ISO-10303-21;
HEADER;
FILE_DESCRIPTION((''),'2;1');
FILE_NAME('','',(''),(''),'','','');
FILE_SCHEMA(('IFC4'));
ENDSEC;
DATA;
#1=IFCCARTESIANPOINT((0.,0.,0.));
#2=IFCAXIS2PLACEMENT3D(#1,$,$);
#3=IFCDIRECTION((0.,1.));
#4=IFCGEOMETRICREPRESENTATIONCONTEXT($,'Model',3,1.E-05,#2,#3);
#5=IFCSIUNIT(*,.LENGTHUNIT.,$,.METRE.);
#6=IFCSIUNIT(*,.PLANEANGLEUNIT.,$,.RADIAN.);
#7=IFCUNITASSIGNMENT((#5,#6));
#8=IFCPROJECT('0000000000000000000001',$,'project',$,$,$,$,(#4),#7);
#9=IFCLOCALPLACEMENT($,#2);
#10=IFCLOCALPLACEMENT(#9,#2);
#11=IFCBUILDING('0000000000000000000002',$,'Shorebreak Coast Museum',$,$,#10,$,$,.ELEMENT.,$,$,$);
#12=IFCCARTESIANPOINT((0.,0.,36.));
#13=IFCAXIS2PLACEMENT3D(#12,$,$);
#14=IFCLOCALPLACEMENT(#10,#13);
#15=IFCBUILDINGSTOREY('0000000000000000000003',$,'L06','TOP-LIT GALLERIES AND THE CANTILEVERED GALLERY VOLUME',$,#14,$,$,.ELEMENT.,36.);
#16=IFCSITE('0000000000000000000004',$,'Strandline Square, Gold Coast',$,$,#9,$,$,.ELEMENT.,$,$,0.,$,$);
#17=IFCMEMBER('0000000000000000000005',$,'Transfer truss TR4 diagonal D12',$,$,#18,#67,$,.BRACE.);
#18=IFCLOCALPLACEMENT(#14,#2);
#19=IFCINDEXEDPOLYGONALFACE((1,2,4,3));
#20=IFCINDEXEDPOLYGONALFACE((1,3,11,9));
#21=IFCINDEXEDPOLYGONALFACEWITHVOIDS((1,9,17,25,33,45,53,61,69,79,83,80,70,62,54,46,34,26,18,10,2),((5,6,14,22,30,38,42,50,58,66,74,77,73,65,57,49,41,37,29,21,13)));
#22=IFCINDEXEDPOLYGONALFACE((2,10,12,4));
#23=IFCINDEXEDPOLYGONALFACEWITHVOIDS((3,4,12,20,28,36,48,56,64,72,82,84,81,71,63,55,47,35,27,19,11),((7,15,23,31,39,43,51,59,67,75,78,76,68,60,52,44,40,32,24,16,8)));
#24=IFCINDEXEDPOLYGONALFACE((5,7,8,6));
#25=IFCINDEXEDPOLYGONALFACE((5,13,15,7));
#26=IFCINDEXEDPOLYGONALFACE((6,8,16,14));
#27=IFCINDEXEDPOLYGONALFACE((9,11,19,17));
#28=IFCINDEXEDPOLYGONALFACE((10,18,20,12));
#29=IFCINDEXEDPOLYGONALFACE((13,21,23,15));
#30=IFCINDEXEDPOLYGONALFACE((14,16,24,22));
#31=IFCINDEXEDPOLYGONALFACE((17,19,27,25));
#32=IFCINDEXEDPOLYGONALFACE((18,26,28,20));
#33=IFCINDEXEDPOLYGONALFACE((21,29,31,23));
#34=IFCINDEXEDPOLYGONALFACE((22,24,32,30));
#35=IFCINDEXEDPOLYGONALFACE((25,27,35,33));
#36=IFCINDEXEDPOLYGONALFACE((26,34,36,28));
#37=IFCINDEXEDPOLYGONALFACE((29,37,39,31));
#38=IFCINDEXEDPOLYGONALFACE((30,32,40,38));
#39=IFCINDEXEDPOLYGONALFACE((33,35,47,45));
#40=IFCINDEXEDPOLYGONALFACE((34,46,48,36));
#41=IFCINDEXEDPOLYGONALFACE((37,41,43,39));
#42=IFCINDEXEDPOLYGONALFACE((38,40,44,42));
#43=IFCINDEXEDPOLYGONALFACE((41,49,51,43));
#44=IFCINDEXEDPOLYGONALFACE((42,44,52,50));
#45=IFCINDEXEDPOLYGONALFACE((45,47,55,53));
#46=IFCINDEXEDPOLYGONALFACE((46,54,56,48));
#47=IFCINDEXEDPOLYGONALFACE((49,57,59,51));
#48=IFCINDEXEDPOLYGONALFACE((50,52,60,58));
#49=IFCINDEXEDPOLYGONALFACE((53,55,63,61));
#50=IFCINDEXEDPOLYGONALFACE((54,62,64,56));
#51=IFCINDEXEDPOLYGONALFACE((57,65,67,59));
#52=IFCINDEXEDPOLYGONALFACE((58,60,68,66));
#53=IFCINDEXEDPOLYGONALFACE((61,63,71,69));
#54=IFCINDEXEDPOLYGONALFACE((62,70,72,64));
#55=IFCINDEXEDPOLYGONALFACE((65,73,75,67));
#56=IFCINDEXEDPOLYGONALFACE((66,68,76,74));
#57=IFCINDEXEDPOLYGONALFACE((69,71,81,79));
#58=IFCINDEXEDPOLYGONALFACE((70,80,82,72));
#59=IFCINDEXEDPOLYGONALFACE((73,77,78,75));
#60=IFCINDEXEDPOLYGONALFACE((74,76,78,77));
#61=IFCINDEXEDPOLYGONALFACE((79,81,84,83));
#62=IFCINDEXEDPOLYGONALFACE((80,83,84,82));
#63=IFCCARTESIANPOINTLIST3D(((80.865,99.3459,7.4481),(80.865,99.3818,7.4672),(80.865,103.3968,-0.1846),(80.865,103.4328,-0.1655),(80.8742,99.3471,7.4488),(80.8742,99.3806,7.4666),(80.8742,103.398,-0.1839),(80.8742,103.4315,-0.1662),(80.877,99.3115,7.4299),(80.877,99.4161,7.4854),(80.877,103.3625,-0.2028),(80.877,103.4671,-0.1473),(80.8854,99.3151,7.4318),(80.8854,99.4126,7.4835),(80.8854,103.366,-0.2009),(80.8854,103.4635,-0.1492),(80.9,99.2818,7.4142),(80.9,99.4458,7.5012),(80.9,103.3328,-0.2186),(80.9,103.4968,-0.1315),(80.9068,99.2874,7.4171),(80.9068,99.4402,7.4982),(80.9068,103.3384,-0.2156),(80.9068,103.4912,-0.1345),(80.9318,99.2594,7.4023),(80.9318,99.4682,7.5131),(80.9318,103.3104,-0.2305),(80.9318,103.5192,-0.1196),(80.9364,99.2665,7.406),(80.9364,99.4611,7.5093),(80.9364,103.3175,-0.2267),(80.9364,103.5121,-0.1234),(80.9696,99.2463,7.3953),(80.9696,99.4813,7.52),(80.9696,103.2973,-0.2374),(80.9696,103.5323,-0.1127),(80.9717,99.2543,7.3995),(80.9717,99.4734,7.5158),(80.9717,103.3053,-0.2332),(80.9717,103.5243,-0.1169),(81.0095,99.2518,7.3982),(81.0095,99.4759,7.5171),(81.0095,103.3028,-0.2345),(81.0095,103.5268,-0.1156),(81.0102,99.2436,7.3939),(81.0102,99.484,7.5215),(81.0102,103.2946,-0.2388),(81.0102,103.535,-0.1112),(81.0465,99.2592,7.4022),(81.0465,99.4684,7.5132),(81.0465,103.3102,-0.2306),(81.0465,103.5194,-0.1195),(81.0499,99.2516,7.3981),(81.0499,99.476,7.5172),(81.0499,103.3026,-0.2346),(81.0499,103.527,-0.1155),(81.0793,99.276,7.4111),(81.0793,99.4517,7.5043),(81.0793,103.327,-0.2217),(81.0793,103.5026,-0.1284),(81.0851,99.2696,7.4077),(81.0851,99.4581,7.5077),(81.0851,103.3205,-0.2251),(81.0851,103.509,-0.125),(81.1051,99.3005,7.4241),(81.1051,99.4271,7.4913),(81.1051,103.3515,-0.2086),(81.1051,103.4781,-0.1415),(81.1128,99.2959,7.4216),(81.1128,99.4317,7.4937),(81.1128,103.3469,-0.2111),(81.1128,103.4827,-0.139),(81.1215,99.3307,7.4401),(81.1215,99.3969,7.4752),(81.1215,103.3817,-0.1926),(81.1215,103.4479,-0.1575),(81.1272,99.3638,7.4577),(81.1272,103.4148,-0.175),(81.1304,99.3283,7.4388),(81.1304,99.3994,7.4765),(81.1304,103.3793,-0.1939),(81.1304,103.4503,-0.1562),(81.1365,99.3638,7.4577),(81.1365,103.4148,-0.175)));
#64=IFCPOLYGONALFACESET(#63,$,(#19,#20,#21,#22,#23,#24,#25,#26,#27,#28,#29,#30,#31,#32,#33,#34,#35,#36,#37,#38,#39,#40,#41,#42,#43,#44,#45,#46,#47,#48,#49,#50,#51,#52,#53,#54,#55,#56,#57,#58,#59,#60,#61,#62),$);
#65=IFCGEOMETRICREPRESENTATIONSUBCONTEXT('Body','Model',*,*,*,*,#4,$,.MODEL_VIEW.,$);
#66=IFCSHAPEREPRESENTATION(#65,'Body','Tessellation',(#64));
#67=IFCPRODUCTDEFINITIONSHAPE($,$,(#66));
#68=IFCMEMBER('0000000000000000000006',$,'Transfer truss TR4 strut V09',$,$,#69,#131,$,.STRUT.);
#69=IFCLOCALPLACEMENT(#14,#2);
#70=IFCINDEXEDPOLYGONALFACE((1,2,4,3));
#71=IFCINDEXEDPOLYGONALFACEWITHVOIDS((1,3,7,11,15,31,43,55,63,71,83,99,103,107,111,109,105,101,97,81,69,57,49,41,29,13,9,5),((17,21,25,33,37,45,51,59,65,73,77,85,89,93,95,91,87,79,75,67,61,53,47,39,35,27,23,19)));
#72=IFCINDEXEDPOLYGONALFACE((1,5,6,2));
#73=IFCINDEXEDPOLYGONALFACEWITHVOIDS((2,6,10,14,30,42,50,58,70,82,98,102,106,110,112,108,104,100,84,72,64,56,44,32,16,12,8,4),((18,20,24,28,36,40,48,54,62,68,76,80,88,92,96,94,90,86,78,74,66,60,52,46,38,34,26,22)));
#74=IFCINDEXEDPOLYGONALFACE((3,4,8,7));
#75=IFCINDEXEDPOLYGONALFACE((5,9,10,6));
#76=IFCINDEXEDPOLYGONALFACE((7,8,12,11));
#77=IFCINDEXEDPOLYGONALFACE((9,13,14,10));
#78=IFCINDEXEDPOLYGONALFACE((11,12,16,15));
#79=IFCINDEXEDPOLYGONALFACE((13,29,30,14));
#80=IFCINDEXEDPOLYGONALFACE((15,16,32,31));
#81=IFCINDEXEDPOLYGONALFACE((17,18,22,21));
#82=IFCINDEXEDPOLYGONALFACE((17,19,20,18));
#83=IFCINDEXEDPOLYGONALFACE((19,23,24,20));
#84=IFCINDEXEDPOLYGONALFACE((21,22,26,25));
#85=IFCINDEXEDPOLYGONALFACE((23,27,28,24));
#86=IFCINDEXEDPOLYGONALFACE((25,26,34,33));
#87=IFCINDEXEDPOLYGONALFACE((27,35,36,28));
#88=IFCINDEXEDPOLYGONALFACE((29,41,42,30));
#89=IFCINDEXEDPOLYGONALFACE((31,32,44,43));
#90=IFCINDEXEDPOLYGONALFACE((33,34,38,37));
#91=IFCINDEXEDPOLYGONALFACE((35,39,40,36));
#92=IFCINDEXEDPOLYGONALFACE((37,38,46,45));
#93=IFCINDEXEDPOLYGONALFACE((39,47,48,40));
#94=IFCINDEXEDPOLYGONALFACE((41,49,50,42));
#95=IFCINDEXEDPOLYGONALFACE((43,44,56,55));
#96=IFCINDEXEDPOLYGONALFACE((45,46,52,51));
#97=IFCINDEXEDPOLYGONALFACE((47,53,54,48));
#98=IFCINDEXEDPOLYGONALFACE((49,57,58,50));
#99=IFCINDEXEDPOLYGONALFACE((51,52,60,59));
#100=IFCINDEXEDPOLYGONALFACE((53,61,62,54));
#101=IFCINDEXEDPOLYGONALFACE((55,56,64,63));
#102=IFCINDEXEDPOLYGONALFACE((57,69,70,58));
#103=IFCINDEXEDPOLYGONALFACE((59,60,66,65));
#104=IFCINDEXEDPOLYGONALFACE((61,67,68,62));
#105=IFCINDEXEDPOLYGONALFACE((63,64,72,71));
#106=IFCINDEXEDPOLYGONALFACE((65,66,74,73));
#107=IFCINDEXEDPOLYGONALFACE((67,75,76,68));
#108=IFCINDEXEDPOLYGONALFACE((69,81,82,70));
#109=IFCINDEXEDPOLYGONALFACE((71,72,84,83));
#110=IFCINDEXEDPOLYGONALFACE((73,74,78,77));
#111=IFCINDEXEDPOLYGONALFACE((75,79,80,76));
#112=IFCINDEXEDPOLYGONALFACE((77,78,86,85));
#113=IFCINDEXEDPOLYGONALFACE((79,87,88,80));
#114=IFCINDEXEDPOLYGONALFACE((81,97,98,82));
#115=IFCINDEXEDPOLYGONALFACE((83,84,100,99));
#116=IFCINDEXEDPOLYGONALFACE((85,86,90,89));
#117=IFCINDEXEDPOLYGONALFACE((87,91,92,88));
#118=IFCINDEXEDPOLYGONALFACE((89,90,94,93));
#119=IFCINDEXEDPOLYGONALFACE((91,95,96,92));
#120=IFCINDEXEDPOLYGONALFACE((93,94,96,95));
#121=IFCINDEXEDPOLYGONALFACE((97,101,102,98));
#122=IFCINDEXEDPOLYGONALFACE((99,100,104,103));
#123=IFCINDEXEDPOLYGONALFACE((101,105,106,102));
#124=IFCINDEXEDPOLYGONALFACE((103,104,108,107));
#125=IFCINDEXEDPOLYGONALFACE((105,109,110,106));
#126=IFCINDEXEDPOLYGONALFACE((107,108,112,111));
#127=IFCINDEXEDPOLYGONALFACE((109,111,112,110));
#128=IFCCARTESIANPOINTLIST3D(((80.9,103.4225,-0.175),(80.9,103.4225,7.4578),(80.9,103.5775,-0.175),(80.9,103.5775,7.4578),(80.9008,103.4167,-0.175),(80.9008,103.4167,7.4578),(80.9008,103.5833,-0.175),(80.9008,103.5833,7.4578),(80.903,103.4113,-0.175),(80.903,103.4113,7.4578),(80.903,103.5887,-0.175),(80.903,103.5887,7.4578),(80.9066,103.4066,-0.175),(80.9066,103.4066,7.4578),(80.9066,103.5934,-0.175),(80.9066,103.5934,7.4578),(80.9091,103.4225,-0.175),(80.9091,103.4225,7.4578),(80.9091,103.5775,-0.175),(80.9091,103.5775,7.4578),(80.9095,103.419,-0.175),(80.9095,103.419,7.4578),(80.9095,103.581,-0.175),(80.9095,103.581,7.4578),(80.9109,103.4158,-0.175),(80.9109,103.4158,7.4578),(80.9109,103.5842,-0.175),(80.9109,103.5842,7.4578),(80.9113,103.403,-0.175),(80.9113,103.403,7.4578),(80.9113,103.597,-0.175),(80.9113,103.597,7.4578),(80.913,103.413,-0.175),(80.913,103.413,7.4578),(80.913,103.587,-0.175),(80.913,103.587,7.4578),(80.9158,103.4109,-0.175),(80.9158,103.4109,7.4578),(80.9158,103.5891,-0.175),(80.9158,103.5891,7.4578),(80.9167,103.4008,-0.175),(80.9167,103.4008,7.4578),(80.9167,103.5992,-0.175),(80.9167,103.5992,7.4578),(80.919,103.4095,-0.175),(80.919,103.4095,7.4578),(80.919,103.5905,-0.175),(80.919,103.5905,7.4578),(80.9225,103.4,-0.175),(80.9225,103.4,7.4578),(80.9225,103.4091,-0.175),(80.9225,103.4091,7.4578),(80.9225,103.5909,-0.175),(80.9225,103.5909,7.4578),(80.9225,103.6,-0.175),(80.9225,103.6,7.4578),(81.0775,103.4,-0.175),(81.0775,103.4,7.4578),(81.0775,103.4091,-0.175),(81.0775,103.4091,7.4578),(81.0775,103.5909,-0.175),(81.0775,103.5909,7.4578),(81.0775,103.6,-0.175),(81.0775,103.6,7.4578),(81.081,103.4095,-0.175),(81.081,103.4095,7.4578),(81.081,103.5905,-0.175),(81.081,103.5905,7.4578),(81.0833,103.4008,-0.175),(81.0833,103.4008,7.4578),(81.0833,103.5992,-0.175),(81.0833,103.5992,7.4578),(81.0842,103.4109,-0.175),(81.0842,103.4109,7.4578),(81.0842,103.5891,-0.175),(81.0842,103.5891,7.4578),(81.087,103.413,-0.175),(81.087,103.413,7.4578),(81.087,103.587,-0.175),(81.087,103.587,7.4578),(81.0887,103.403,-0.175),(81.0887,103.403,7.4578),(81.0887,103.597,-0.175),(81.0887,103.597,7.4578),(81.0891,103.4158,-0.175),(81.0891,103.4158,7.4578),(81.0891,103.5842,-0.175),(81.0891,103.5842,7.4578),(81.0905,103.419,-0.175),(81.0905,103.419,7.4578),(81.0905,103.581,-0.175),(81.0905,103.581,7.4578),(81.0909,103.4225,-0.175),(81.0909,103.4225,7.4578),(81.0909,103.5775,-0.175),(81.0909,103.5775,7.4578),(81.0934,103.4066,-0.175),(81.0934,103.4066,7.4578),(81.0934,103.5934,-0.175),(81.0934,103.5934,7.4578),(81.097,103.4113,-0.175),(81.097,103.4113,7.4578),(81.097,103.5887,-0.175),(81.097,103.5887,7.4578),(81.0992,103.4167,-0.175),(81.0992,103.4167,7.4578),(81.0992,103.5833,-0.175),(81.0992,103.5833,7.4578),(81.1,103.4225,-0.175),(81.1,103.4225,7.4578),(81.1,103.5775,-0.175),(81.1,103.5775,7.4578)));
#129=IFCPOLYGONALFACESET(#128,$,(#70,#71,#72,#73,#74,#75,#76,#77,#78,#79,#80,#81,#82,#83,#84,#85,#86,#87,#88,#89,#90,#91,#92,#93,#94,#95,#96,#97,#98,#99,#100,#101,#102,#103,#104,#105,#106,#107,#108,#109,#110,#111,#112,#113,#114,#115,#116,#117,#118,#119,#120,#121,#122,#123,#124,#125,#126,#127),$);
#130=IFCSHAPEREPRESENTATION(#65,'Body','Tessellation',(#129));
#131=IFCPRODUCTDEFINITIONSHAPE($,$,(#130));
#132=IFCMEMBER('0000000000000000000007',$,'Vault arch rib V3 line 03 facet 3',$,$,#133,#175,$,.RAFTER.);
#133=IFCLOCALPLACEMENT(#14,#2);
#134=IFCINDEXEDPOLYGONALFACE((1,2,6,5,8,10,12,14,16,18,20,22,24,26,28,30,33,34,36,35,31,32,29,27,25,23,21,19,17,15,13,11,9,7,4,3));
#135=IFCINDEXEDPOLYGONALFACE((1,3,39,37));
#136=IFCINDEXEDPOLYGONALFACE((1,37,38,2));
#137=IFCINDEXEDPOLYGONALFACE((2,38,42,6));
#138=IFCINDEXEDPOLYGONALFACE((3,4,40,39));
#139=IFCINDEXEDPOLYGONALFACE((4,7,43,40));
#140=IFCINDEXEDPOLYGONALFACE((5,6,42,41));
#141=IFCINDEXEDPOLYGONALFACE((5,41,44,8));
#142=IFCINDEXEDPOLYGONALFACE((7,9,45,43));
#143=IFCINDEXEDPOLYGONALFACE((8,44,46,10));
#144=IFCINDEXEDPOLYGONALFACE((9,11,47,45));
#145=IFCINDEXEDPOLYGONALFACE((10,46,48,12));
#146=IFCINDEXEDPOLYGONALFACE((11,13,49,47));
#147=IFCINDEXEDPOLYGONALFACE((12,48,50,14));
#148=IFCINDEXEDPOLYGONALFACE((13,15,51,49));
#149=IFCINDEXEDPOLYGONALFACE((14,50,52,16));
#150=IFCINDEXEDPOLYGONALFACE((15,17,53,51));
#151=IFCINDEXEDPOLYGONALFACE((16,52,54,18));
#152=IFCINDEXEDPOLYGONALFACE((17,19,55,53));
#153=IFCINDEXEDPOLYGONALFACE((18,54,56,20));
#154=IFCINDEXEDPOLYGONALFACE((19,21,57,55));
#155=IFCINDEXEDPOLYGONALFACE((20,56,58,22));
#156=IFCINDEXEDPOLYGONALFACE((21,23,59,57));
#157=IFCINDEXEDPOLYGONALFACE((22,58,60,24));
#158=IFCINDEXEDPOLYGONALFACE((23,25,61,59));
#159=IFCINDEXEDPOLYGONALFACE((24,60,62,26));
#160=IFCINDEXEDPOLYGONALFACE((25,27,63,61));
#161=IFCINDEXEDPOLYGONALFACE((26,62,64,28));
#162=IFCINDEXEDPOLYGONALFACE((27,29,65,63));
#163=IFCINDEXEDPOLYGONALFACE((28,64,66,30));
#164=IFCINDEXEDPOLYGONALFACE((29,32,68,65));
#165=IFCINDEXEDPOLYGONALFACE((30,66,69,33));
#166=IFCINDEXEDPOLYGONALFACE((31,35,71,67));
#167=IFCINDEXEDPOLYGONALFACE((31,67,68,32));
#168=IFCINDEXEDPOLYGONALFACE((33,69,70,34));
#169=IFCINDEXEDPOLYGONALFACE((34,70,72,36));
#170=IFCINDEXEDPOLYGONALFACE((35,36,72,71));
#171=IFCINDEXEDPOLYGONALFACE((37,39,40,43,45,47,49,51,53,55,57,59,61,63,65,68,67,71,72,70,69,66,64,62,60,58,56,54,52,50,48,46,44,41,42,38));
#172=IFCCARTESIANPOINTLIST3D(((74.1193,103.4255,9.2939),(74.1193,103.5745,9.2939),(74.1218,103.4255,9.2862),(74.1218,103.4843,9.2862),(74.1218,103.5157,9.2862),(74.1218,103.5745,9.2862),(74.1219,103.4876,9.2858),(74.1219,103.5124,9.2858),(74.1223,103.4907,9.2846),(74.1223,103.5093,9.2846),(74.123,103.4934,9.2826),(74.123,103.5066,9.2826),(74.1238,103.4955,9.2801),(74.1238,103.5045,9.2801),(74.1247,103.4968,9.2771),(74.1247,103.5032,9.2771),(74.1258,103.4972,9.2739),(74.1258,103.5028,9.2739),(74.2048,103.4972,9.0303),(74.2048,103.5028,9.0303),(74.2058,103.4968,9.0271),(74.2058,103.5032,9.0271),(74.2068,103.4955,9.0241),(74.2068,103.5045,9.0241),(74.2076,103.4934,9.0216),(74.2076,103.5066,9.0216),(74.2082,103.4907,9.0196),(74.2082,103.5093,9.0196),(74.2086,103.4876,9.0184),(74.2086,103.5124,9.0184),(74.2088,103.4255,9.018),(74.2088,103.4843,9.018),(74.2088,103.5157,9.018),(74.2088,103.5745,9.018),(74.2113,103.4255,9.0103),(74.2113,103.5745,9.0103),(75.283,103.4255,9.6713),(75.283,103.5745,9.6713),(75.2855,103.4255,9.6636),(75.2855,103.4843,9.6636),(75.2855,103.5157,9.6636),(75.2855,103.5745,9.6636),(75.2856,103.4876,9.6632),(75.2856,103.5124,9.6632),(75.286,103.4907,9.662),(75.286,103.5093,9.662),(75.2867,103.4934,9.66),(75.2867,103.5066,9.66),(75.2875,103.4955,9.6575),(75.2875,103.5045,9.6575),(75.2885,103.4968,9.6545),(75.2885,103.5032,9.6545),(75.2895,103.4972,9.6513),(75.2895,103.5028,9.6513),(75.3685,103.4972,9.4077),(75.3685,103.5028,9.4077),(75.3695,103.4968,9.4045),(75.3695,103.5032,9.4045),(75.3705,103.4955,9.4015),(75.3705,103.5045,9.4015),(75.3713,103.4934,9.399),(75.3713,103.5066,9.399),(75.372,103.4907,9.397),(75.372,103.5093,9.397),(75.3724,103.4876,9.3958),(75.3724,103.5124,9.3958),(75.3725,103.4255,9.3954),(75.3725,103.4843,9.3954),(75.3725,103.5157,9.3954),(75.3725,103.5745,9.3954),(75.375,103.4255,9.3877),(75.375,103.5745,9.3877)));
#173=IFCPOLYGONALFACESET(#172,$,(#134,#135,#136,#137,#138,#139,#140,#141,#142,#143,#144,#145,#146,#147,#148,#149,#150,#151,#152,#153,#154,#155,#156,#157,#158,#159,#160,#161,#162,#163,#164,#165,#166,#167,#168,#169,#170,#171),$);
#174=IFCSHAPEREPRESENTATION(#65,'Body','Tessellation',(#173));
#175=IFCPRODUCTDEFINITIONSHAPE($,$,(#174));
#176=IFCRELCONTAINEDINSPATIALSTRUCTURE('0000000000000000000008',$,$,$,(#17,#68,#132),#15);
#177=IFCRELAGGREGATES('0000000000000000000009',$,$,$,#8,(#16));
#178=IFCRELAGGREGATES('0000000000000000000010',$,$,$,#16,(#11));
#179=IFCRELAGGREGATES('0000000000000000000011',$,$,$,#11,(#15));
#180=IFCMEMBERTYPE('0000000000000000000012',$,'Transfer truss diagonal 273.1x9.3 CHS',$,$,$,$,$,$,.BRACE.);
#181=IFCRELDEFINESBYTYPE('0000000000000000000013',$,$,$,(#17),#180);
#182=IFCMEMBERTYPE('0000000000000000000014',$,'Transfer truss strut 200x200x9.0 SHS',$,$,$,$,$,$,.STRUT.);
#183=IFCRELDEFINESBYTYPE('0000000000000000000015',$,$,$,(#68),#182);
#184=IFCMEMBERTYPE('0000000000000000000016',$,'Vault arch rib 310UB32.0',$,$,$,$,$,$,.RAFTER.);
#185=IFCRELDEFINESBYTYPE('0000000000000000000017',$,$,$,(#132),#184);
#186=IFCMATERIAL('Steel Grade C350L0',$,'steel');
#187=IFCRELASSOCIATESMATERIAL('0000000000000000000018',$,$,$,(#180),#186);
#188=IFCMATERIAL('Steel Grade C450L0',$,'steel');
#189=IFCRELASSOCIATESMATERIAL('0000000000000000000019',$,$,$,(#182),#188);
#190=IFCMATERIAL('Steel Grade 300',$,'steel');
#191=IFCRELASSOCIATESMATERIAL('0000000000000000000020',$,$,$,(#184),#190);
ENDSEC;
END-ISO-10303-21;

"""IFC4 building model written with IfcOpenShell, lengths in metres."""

from ifc_helpers import new_model, si_unit, direction, frame, origin, origin_2d, place, context, subcontext, project, spatial, hollow_rectangle, hollow_circle, i_section, extrude, material, material_profile, profile_set, type_object, element, save


model = new_model("IFC4")

# Units and contexts
model_context = context("Model", 3, precision=1e-05, world=origin(), true_north=direction((0.0, 1.0)))
body_context = subcontext(model_context, "Body", "Model", "MODEL_VIEW")
ifc_project = project(units=[si_unit("LENGTHUNIT", "METRE"), si_unit("PLANEANGLEUNIT", "RADIAN")], contexts=[model_context])

# Site, building, storey
site_placement = place(None, origin())
site = spatial("IfcSite", under=ifc_project, at=site_placement, Name="Strandline Square, Gold Coast", CompositionType="ELEMENT", RefElevation=0.0)
building_placement = place(site_placement, origin())
building = spatial("IfcBuilding", under=site, at=building_placement, Name="Shorebreak Coast Museum", CompositionType="ELEMENT")
storey_placement = place(building_placement, frame((0.0, 0.0, 36.0)))
storey = spatial("IfcBuildingStorey", under=building, at=storey_placement, Name="L06", Description="TOP-LIT GALLERIES AND THE CANTILEVERED GALLERY VOLUME", CompositionType="ELEMENT", Elevation=36.0)

# Members
ifc_material_1 = material(Name="Steel Grade C350L0", Category="steel")
ifc_material_profile_1 = material_profile(ifc_material_1, hollow_circle(Radius=0.1365, WallThickness=0.0093, at=origin_2d()), Name="273.1x9.3 CHS")
ifc_profile_set_1 = profile_set([ifc_material_profile_1], Name="Steel Grade C350L0")
member_type_1 = type_object("IfcMemberType", Name="Transfer truss diagonal 273.1x9.3 CHS", PredefinedType="BRACE", material=ifc_profile_set_1)
member_1_placement = place(storey_placement, frame((81.0, 103.4148, -0.175), z_axis=(0.0, -0.468803, 0.883303), x_axis=(1.0, 0.0, 0.0)))
element("IfcMember", 1, at=member_1_placement, inside=storey, type_object=member_type_1, Name="Transfer truss TR4 diagonal D12", PredefinedType="BRACE", context=body_context, shape_type="SweptSolid", body=[
    extrude(hollow_circle(Radius=0.1365, WallThickness=0.0093, at=origin_2d()), origin(), (0.0, 0.0, 1.0), 8.6411),
])
ifc_material_2 = material(Name="Steel Grade C450L0", Category="steel")
ifc_material_profile_2 = material_profile(ifc_material_2, hollow_rectangle(XDim=0.2, YDim=0.2, WallThickness=0.009, InnerFilletRadius=0.0134, OuterFilletRadius=0.0225, at=origin_2d()), Name="200x200x9.0 SHS")
ifc_profile_set_2 = profile_set([ifc_material_profile_2], Name="Steel Grade C450L0")
member_type_2 = type_object("IfcMemberType", Name="Transfer truss strut 200x200x9.0 SHS", PredefinedType="STRUT", material=ifc_profile_set_2)
member_2_placement = place(storey_placement, frame((81.0, 103.5, -0.175), z_axis=(0.0, 0.0, 1.0), x_axis=(1.0, 0.0, 0.0)))
element("IfcMember", 2, at=member_2_placement, inside=storey, type_object=member_type_2, Name="Transfer truss TR4 strut V09", PredefinedType="STRUT", context=body_context, shape_type="SweptSolid", body=[
    extrude(hollow_rectangle(XDim=0.2, YDim=0.2, WallThickness=0.009, InnerFilletRadius=0.0134, OuterFilletRadius=0.0225, at=origin_2d()), origin(), (0.0, 0.0, 1.0), 7.6328),
])
ifc_material_3 = material(Name="Steel Grade 300", Category="steel")
ifc_material_profile_3 = material_profile(ifc_material_3, i_section(OverallWidth=0.1489, OverallDepth=0.2981, WebThickness=0.0056, FlangeThickness=0.0081, FilletRadius=0.0129, at=origin_2d()), Name="310UB32.0")
ifc_profile_set_3 = profile_set([ifc_material_profile_3], Name="Steel Grade 300")
member_type_3 = type_object("IfcMemberType", Name="Vault arch rib 310UB32.0", PredefinedType="RAFTER", material=ifc_profile_set_3)
for number, where, z_axis, x_axis, name in (
    (3, (74.1653, 103.5, 9.1521), (0.951226, 0.0, 0.308495), (0.0, 1.0, 0.0), "Vault arch rib V3 line 03 facet 3"),
):
    element("IfcMember", number, at=place(storey_placement, frame(where, z_axis=z_axis, x_axis=x_axis)), inside=storey, type_object=member_type_3, Name=name, PredefinedType="RAFTER", context=body_context, shape_type="SweptSolid", body=[
        extrude(i_section(OverallWidth=0.1489, OverallDepth=0.2981, WebThickness=0.0056, FlangeThickness=0.0081, FilletRadius=0.0129, at=origin_2d()), origin(), (0.0, 0.0, 1.0), 1.2234),
    ])

save(model, "model.ifc")
